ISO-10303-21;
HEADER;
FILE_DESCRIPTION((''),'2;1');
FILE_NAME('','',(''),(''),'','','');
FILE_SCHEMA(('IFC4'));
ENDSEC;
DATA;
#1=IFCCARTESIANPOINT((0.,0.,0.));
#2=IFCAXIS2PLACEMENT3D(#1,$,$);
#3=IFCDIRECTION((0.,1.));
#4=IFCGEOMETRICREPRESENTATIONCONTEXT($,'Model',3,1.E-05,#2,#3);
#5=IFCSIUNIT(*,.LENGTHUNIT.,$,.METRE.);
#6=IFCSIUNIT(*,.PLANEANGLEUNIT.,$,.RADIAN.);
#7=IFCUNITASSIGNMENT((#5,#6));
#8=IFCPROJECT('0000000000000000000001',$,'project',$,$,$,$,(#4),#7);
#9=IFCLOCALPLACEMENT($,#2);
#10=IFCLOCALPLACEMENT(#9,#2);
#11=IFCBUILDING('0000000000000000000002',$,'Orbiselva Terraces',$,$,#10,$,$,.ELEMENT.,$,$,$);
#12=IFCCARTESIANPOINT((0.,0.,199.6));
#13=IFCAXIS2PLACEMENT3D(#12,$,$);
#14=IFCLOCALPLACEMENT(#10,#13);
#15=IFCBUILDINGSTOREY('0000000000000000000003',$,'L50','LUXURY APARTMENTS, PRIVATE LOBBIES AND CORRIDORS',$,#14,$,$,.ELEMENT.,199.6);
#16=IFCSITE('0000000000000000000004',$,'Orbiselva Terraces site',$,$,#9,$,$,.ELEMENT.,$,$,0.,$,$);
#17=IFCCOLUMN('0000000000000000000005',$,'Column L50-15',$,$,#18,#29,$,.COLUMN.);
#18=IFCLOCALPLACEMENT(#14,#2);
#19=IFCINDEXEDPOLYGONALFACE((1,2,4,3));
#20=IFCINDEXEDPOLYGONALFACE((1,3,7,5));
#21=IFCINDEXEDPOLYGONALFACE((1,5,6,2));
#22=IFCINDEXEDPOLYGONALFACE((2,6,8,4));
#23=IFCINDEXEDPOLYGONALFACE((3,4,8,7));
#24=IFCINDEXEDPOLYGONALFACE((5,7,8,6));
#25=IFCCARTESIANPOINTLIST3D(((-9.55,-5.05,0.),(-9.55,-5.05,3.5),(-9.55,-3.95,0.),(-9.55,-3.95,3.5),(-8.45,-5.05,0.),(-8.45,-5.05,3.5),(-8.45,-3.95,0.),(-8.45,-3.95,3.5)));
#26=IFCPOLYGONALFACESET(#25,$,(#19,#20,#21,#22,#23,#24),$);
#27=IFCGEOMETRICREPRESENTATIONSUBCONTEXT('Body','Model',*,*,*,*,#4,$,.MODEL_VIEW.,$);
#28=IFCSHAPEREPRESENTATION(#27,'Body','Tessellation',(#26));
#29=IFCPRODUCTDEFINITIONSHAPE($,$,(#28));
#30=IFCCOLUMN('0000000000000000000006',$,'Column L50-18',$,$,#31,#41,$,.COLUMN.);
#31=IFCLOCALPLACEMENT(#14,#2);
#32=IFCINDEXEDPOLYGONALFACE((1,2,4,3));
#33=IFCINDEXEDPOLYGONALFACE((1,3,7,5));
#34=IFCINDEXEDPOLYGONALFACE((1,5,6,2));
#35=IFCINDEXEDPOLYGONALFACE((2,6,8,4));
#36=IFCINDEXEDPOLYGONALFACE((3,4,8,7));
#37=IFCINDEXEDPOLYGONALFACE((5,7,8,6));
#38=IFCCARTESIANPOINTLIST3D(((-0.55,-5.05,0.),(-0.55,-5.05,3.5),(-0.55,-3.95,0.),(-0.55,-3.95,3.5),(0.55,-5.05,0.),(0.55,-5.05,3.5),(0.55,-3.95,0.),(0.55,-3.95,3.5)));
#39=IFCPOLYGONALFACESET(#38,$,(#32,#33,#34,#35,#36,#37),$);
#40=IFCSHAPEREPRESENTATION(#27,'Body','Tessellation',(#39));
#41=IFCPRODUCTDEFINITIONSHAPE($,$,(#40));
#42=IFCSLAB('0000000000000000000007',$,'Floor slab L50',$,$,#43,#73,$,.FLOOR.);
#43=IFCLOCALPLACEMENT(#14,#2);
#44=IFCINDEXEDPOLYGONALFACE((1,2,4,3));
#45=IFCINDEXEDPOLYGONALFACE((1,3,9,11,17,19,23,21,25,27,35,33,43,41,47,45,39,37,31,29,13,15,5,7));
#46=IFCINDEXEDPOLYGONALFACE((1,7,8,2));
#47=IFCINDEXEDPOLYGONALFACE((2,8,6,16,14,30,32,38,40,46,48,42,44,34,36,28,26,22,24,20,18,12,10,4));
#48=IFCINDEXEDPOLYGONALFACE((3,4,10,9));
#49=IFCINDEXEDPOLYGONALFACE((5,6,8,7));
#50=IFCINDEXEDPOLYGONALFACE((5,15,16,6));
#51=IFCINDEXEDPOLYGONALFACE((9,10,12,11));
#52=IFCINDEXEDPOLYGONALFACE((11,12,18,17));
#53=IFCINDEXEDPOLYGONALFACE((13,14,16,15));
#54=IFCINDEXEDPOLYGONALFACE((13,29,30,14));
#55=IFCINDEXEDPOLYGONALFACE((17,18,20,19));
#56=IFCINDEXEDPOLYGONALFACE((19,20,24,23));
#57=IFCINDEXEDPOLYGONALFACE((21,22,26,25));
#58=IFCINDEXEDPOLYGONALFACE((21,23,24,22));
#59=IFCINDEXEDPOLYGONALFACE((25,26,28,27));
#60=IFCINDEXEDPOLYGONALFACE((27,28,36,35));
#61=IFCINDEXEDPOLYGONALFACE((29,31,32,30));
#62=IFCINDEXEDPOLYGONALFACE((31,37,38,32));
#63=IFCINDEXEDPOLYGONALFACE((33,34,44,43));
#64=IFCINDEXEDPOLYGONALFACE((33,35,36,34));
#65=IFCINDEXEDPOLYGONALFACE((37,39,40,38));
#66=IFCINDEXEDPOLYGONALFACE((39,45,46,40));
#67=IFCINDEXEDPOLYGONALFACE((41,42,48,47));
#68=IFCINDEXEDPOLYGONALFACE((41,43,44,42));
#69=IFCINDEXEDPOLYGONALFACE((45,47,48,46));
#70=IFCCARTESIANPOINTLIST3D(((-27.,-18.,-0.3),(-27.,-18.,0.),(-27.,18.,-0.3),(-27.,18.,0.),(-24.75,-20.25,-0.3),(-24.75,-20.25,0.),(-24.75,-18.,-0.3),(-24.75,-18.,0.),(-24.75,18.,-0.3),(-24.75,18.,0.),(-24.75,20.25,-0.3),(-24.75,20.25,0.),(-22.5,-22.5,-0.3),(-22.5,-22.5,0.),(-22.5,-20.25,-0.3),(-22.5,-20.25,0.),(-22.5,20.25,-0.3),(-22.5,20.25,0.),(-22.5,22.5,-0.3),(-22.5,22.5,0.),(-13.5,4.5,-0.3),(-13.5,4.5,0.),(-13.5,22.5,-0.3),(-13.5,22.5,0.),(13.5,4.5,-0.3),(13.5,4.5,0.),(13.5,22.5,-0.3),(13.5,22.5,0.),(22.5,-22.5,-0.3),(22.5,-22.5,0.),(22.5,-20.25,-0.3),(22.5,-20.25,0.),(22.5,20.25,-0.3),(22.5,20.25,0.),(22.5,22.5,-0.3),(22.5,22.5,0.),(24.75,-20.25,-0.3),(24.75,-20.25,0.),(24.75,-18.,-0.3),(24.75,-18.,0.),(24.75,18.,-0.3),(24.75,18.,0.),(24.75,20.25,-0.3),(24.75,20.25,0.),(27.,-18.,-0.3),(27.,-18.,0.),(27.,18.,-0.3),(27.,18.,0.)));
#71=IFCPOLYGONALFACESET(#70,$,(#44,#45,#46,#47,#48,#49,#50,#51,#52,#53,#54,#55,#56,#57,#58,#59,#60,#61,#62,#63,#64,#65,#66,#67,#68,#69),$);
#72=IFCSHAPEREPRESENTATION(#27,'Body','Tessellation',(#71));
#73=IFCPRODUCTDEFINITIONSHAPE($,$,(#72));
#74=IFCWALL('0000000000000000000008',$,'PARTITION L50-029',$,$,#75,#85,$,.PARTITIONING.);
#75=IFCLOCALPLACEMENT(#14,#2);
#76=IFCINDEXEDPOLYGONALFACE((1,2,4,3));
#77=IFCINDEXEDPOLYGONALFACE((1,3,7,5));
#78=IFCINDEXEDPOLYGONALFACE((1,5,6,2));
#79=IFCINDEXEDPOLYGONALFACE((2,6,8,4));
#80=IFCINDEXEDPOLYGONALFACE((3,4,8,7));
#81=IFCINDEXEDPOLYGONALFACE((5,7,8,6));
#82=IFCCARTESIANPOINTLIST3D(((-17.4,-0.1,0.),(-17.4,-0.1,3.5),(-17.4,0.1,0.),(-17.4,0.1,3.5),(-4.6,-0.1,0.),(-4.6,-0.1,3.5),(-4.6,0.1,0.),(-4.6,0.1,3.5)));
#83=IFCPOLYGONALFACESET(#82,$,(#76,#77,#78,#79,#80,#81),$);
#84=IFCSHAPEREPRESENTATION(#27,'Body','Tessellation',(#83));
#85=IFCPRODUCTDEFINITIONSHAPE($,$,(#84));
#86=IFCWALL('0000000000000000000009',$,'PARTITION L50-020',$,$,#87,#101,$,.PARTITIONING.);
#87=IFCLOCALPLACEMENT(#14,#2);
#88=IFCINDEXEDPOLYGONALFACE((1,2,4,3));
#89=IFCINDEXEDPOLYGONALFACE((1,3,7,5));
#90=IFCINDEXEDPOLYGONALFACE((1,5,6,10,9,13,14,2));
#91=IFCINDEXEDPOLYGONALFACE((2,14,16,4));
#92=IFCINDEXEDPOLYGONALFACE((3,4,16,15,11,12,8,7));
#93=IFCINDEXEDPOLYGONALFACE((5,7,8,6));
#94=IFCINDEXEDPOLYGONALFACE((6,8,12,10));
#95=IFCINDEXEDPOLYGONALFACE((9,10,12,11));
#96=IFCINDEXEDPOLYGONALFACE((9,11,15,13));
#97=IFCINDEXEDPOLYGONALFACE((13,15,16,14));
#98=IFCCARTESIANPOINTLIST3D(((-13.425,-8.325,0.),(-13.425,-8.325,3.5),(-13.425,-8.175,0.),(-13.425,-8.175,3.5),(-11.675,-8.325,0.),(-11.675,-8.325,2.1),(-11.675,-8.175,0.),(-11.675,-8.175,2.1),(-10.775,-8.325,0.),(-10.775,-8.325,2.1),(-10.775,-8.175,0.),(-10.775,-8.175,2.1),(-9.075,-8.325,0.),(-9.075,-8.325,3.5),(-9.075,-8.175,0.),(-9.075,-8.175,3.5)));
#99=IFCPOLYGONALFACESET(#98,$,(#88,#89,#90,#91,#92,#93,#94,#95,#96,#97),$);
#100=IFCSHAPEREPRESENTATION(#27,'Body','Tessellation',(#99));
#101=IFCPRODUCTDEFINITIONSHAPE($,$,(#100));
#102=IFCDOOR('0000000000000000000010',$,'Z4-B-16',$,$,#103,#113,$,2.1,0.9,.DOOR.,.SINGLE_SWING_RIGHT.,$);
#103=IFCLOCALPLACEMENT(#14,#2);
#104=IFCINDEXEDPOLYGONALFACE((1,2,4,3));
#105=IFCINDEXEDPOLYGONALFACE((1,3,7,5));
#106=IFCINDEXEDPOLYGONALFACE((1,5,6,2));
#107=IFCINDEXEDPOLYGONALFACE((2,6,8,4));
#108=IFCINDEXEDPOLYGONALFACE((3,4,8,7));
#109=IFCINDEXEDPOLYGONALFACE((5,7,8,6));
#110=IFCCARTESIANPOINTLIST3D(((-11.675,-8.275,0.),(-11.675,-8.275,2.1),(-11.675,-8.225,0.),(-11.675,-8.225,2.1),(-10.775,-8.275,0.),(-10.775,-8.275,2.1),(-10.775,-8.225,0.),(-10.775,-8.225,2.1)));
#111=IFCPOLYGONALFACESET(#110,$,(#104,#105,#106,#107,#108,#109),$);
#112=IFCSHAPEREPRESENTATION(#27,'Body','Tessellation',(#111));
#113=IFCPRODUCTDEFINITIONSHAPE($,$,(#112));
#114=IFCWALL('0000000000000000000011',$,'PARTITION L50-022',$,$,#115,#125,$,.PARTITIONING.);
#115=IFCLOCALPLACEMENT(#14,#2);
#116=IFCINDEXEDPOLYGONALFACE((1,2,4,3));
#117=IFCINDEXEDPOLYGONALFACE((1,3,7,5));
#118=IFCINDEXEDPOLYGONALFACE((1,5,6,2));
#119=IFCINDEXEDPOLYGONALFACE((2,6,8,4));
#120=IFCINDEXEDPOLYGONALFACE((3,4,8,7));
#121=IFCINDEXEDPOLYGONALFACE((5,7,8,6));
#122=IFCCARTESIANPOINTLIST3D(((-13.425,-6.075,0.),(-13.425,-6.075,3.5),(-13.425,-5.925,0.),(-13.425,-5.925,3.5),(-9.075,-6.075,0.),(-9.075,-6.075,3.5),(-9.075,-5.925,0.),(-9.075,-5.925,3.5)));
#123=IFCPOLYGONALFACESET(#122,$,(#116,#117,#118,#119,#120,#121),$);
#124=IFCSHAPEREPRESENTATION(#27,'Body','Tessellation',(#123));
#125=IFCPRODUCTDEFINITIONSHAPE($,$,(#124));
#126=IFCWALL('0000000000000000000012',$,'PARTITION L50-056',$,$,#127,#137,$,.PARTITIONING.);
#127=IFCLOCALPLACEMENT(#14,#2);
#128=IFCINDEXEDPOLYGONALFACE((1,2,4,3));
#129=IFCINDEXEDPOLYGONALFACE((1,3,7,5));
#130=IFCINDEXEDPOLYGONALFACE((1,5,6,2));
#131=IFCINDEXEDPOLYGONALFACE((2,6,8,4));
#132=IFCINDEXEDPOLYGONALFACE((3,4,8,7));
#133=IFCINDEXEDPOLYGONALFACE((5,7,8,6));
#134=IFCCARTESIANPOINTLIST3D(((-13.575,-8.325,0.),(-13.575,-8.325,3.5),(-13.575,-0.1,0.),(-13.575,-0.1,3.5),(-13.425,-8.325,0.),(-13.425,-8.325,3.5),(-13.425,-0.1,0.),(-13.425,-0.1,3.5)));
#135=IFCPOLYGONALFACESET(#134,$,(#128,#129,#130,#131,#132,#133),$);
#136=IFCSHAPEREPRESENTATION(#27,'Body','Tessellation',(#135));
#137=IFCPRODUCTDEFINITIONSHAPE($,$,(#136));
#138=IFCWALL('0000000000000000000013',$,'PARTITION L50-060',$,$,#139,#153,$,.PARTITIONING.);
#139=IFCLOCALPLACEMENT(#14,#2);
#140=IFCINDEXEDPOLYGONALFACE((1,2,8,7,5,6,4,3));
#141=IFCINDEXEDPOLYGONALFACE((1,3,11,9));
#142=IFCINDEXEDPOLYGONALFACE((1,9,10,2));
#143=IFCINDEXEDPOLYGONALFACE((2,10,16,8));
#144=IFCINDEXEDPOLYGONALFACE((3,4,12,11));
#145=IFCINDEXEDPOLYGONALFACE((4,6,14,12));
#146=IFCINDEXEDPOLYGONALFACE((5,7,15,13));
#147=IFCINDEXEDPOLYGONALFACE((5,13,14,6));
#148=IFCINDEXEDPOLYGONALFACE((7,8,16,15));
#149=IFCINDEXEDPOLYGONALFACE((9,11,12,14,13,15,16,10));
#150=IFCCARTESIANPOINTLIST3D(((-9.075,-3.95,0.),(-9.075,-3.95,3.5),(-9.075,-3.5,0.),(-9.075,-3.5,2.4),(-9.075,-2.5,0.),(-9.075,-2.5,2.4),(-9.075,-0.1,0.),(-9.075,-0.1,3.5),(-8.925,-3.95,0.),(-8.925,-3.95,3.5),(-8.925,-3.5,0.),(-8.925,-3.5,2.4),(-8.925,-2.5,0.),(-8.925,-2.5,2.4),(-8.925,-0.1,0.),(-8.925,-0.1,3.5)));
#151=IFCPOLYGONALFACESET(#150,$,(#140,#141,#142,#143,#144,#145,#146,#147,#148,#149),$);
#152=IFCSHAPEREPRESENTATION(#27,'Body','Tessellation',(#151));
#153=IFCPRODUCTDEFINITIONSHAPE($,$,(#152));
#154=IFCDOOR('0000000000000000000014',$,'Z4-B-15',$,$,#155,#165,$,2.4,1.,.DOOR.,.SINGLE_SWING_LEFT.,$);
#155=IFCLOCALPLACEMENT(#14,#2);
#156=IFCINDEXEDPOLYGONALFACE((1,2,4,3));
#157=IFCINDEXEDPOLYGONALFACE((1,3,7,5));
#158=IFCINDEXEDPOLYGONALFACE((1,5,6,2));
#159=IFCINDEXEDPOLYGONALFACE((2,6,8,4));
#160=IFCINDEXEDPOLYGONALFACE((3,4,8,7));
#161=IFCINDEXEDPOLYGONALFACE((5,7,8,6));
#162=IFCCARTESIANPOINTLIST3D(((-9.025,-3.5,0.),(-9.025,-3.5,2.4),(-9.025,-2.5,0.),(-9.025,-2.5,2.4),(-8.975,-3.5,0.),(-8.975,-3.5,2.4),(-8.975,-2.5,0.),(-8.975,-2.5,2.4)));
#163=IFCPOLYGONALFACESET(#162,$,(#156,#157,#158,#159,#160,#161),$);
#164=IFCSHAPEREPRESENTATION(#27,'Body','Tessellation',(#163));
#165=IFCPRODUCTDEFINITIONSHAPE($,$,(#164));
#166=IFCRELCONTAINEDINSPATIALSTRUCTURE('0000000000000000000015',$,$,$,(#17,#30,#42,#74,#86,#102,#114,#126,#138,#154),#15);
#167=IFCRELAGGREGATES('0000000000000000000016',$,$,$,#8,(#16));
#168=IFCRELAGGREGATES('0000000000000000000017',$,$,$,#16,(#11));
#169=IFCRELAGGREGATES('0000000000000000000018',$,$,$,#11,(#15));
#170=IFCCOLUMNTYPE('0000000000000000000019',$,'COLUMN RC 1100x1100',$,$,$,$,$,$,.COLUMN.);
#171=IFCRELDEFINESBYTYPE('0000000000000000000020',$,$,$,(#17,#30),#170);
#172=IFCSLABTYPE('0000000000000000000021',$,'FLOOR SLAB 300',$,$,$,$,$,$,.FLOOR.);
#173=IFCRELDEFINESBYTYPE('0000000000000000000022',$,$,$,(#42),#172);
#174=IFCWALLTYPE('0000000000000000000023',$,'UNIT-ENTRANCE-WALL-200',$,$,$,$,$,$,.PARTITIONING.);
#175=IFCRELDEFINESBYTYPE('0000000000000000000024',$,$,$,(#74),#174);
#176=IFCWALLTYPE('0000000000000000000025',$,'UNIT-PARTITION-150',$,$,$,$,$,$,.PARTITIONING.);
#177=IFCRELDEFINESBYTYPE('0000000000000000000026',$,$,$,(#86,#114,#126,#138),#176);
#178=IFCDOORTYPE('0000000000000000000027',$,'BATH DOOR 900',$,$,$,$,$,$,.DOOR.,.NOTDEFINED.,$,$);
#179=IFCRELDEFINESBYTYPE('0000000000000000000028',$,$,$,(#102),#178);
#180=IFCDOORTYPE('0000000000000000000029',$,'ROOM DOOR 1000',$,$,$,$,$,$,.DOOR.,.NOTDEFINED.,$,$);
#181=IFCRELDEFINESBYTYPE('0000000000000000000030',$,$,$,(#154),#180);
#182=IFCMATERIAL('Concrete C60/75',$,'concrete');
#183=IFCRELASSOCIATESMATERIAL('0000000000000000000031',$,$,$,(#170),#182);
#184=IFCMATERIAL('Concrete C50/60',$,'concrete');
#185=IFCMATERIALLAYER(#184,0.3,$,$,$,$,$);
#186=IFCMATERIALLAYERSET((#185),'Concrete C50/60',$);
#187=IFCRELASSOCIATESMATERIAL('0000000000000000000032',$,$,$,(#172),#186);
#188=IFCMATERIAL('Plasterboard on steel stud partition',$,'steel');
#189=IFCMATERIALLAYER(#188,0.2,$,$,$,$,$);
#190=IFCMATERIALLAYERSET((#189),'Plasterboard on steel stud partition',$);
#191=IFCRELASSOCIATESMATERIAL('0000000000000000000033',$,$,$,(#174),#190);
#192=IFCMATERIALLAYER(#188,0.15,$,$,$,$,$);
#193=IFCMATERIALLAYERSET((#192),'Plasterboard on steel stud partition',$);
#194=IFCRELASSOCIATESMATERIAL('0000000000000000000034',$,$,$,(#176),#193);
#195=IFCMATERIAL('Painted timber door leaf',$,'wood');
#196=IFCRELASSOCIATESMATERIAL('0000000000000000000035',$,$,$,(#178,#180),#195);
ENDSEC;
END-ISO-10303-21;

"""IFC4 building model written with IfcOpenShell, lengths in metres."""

from ifc_helpers import new_model, si_unit, direction, frame, frame_2d, origin, origin_2d, place, context, subcontext, project, spatial, polyline, rectangle, outline, extrude, material, layer, layer_set, material_profile, profile_set, type_object, element, fill, save


model = new_model("IFC4")

# Units and contexts
model_context = context("Model", 3, precision=1e-05, world=origin(), true_north=direction((0.0, 1.0)))
body_context = subcontext(model_context, "Body", "Model", "MODEL_VIEW")
ifc_project = project(units=[si_unit("LENGTHUNIT", "METRE"), si_unit("PLANEANGLEUNIT", "RADIAN")], contexts=[model_context])

# Site, building, storey
site_placement = place(None, origin())
site = spatial("IfcSite", under=ifc_project, at=site_placement, Name="Orbiselva Terraces site", CompositionType="ELEMENT", RefElevation=0.0)
building_placement = place(site_placement, origin())
building = spatial("IfcBuilding", under=site, at=building_placement, Name="Orbiselva Terraces", CompositionType="ELEMENT")
storey_placement = place(building_placement, frame((0.0, 0.0, 199.6)))
storey = spatial("IfcBuildingStorey", under=building, at=storey_placement, Name="L50", Description="LUXURY APARTMENTS, PRIVATE LOBBIES AND CORRIDORS", CompositionType="ELEMENT", Elevation=199.6)

# Columns
ifc_material_1 = material(Name="Concrete C60/75", Category="concrete")
ifc_material_profile = material_profile(ifc_material_1, rectangle(XDim=1.1, YDim=1.1, at=origin_2d()), Name="RC 1100x1100")
ifc_profile_set = profile_set([ifc_material_profile], Name="Concrete C60/75")
column_type = type_object("IfcColumnType", Name="COLUMN RC 1100x1100", PredefinedType="COLUMN", material=ifc_profile_set)
for number, where, z_axis, x_axis, name in (
    (1, (-9.0, -4.5, 0.0), (0.0, 0.0, 1.0), (1.0, 0.0, 0.0), "Column L50-15"),
    (2, (0.0, -4.5, 0.0), (0.0, 0.0, 1.0), (1.0, 0.0, 0.0), "Column L50-18"),
):
    element("IfcColumn", number, at=place(storey_placement, frame(where, z_axis=z_axis, x_axis=x_axis)), inside=storey, type_object=column_type, Name=name, PredefinedType="COLUMN", context=body_context, shape_type="SweptSolid", body=[
        extrude(rectangle(XDim=1.1, YDim=1.1, at=origin_2d()), origin(), (0.0, 0.0, 1.0), 3.5),
    ])

# Slab
ifc_material_2 = material(Name="Concrete C50/60", Category="concrete")
ifc_layer_1 = layer(ifc_material_2, 0.3)
ifc_layer_set_1 = layer_set([ifc_layer_1], Name="Concrete C50/60")
slab_type = type_object("IfcSlabType", Name="FLOOR SLAB 300", PredefinedType="FLOOR", material=ifc_layer_set_1)
slab_placement = place(storey_placement, frame((0.0, 0.0, -0.3)))
element("IfcSlab", 3, at=slab_placement, inside=storey, type_object=slab_type, Name="Floor slab L50", PredefinedType="FLOOR", context=body_context, shape_type="SweptSolid", body=[
    extrude(outline(polyline([(22.5, 22.5), (22.5, 20.25), (24.75, 20.25), (24.75, 18.0), (27.0, 18.0), (27.0, -18.0), (24.75, -18.0), (24.75, -20.25), (22.5, -20.25), (22.5, -22.5), (-22.5, -22.5), (-22.5, -20.25), (-24.75, -20.25), (-24.75, -18.0), (-27.0, -18.0), (-27.0, 18.0), (-24.75, 18.0), (-24.75, 20.25), (-22.5, 20.25), (-22.5, 22.5), (-13.5, 22.5), (-13.5, 4.5), (13.5, 4.5), (13.5, 22.5), (22.5, 22.5)])), origin(), (0.0, 0.0, 1.0), 0.3),
])

# Wall
ifc_material_3 = material(Name="Plasterboard on steel stud partition", Category="steel")
ifc_layer_2 = layer(ifc_material_3, 0.2)
ifc_layer_set_2 = layer_set([ifc_layer_2], Name="Plasterboard on steel stud partition")
wall_type_1 = type_object("IfcWallType", Name="UNIT-ENTRANCE-WALL-200", PredefinedType="PARTITIONING", material=ifc_layer_set_2)
wall_1_placement = place(storey_placement, frame((-17.4, 0.0, 0.0), z_axis=(0.0, 0.0, 1.0), x_axis=(1.0, 0.0, 0.0)))
element("IfcWall", 4, at=wall_1_placement, inside=storey, type_object=wall_type_1, Name="PARTITION L50-029", PredefinedType="PARTITIONING", context=body_context, shape_type="SweptSolid", body=[
    extrude(rectangle(XDim=12.8, YDim=0.2, at=frame_2d((6.4, 0.0))), origin(), (0.0, 0.0, 1.0), 3.5),
])

# Wall, opening, door
ifc_layer_3 = layer(ifc_material_3, 0.15)
ifc_layer_set_3 = layer_set([ifc_layer_3], Name="Plasterboard on steel stud partition")
wall_type_2 = type_object("IfcWallType", Name="UNIT-PARTITION-150", PredefinedType="PARTITIONING", material=ifc_layer_set_3)
wall_2_placement = place(storey_placement, frame((-13.425, -8.25, 0.0), z_axis=(0.0, 0.0, 1.0), x_axis=(1.0, 0.0, 0.0)))
wall_2 = element("IfcWall", 5, at=wall_2_placement, inside=storey, type_object=wall_type_2, Name="PARTITION L50-020", PredefinedType="PARTITIONING", context=body_context, shape_type="SweptSolid", body=[
    extrude(rectangle(XDim=4.35, YDim=0.15, at=frame_2d((2.175, 0.0))), origin(), (0.0, 0.0, 1.0), 3.5),
])
opening_1_placement = place(wall_2_placement, frame((1.75, 0.0, 0.0)))
opening_1 = element("IfcOpeningElement", 6, at=opening_1_placement, cuts=wall_2, PredefinedType="OPENING", context=body_context, shape_type="SweptSolid", body=[
    extrude(rectangle(XDim=0.9, YDim=2.1, at=frame_2d((0.45, 1.05))), frame((0.0, 0.085, 0.0), z_axis=(0.0, -1.0, 0.0), x_axis=(1.0, 0.0, 0.0)), (0.0, 0.0, 1.0), 0.17),
])
ifc_material_4 = material(Name="Painted timber door leaf", Category="wood")
door_type_1 = type_object("IfcDoorType", Name="BATH DOOR 900", OperationType="NOTDEFINED", PredefinedType="DOOR", material=ifc_material_4)
door_1_placement = place(opening_1_placement, origin())
door_1 = element("IfcDoor", 7, at=door_1_placement, inside=storey, type_object=door_type_1, Name="Z4-B-16", OperationType="SINGLE_SWING_RIGHT", OverallHeight=2.1, OverallWidth=0.9, PredefinedType="DOOR", context=body_context, shape_type="SweptSolid", body=[
    extrude(rectangle(XDim=0.9, YDim=2.1, at=frame_2d((0.45, 1.05))), frame((0.0, 0.025, 0.0), z_axis=(0.0, -1.0, 0.0), x_axis=(1.0, 0.0, 0.0)), (0.0, 0.0, 1.0), 0.05),
])
fill(opening_1, door_1)

# Walls
wall_3_placement = place(storey_placement, frame((-13.425, -6.0, 0.0), z_axis=(0.0, 0.0, 1.0), x_axis=(1.0, 0.0, 0.0)))
element("IfcWall", 8, at=wall_3_placement, inside=storey, type_object=wall_type_2, Name="PARTITION L50-022", PredefinedType="PARTITIONING", context=body_context, shape_type="SweptSolid", body=[
    extrude(rectangle(XDim=4.35, YDim=0.15, at=frame_2d((2.175, 0.0))), origin(), (0.0, 0.0, 1.0), 3.5),
])
wall_4_placement = place(storey_placement, frame((-13.5, -8.325, 0.0), z_axis=(0.0, 0.0, 1.0), x_axis=(0.0, 1.0, 0.0)))
element("IfcWall", 9, at=wall_4_placement, inside=storey, type_object=wall_type_2, Name="PARTITION L50-056", PredefinedType="PARTITIONING", context=body_context, shape_type="SweptSolid", body=[
    extrude(rectangle(XDim=8.225, YDim=0.15, at=frame_2d((4.1125, 0.0))), origin(), (0.0, 0.0, 1.0), 3.5),
])

# Wall, opening, door
wall_5_placement = place(storey_placement, frame((-9.0, -3.95, 0.0), z_axis=(0.0, 0.0, 1.0), x_axis=(0.0, 1.0, 0.0)))
wall_5 = element("IfcWall", 10, at=wall_5_placement, inside=storey, type_object=wall_type_2, Name="PARTITION L50-060", PredefinedType="PARTITIONING", context=body_context, shape_type="SweptSolid", body=[
    extrude(rectangle(XDim=3.85, YDim=0.15, at=frame_2d((1.925, 0.0))), origin(), (0.0, 0.0, 1.0), 3.5),
])
opening_2_placement = place(wall_5_placement, frame((0.45, 0.0, 0.0)))
opening_2 = element("IfcOpeningElement", 11, at=opening_2_placement, cuts=wall_5, PredefinedType="OPENING", context=body_context, shape_type="SweptSolid", body=[
    extrude(rectangle(XDim=1.0, YDim=2.4, at=frame_2d((0.5, 1.2))), frame((0.0, 0.085, 0.0), z_axis=(0.0, -1.0, 0.0), x_axis=(1.0, 0.0, 0.0)), (0.0, 0.0, 1.0), 0.17),
])
door_type_2 = type_object("IfcDoorType", Name="ROOM DOOR 1000", OperationType="NOTDEFINED", PredefinedType="DOOR", material=ifc_material_4)
door_2_placement = place(opening_2_placement, origin())
door_2 = element("IfcDoor", 12, at=door_2_placement, inside=storey, type_object=door_type_2, Name="Z4-B-15", OperationType="SINGLE_SWING_LEFT", OverallHeight=2.4, OverallWidth=1.0, PredefinedType="DOOR", context=body_context, shape_type="SweptSolid", body=[
    extrude(rectangle(XDim=1.0, YDim=2.4, at=frame_2d((0.5, 1.2))), frame((0.0, 0.025, 0.0), z_axis=(0.0, -1.0, 0.0), x_axis=(1.0, 0.0, 0.0)), (0.0, 0.0, 1.0), 0.05),
])
fill(opening_2, door_2)

save(model, "model.ifc")
